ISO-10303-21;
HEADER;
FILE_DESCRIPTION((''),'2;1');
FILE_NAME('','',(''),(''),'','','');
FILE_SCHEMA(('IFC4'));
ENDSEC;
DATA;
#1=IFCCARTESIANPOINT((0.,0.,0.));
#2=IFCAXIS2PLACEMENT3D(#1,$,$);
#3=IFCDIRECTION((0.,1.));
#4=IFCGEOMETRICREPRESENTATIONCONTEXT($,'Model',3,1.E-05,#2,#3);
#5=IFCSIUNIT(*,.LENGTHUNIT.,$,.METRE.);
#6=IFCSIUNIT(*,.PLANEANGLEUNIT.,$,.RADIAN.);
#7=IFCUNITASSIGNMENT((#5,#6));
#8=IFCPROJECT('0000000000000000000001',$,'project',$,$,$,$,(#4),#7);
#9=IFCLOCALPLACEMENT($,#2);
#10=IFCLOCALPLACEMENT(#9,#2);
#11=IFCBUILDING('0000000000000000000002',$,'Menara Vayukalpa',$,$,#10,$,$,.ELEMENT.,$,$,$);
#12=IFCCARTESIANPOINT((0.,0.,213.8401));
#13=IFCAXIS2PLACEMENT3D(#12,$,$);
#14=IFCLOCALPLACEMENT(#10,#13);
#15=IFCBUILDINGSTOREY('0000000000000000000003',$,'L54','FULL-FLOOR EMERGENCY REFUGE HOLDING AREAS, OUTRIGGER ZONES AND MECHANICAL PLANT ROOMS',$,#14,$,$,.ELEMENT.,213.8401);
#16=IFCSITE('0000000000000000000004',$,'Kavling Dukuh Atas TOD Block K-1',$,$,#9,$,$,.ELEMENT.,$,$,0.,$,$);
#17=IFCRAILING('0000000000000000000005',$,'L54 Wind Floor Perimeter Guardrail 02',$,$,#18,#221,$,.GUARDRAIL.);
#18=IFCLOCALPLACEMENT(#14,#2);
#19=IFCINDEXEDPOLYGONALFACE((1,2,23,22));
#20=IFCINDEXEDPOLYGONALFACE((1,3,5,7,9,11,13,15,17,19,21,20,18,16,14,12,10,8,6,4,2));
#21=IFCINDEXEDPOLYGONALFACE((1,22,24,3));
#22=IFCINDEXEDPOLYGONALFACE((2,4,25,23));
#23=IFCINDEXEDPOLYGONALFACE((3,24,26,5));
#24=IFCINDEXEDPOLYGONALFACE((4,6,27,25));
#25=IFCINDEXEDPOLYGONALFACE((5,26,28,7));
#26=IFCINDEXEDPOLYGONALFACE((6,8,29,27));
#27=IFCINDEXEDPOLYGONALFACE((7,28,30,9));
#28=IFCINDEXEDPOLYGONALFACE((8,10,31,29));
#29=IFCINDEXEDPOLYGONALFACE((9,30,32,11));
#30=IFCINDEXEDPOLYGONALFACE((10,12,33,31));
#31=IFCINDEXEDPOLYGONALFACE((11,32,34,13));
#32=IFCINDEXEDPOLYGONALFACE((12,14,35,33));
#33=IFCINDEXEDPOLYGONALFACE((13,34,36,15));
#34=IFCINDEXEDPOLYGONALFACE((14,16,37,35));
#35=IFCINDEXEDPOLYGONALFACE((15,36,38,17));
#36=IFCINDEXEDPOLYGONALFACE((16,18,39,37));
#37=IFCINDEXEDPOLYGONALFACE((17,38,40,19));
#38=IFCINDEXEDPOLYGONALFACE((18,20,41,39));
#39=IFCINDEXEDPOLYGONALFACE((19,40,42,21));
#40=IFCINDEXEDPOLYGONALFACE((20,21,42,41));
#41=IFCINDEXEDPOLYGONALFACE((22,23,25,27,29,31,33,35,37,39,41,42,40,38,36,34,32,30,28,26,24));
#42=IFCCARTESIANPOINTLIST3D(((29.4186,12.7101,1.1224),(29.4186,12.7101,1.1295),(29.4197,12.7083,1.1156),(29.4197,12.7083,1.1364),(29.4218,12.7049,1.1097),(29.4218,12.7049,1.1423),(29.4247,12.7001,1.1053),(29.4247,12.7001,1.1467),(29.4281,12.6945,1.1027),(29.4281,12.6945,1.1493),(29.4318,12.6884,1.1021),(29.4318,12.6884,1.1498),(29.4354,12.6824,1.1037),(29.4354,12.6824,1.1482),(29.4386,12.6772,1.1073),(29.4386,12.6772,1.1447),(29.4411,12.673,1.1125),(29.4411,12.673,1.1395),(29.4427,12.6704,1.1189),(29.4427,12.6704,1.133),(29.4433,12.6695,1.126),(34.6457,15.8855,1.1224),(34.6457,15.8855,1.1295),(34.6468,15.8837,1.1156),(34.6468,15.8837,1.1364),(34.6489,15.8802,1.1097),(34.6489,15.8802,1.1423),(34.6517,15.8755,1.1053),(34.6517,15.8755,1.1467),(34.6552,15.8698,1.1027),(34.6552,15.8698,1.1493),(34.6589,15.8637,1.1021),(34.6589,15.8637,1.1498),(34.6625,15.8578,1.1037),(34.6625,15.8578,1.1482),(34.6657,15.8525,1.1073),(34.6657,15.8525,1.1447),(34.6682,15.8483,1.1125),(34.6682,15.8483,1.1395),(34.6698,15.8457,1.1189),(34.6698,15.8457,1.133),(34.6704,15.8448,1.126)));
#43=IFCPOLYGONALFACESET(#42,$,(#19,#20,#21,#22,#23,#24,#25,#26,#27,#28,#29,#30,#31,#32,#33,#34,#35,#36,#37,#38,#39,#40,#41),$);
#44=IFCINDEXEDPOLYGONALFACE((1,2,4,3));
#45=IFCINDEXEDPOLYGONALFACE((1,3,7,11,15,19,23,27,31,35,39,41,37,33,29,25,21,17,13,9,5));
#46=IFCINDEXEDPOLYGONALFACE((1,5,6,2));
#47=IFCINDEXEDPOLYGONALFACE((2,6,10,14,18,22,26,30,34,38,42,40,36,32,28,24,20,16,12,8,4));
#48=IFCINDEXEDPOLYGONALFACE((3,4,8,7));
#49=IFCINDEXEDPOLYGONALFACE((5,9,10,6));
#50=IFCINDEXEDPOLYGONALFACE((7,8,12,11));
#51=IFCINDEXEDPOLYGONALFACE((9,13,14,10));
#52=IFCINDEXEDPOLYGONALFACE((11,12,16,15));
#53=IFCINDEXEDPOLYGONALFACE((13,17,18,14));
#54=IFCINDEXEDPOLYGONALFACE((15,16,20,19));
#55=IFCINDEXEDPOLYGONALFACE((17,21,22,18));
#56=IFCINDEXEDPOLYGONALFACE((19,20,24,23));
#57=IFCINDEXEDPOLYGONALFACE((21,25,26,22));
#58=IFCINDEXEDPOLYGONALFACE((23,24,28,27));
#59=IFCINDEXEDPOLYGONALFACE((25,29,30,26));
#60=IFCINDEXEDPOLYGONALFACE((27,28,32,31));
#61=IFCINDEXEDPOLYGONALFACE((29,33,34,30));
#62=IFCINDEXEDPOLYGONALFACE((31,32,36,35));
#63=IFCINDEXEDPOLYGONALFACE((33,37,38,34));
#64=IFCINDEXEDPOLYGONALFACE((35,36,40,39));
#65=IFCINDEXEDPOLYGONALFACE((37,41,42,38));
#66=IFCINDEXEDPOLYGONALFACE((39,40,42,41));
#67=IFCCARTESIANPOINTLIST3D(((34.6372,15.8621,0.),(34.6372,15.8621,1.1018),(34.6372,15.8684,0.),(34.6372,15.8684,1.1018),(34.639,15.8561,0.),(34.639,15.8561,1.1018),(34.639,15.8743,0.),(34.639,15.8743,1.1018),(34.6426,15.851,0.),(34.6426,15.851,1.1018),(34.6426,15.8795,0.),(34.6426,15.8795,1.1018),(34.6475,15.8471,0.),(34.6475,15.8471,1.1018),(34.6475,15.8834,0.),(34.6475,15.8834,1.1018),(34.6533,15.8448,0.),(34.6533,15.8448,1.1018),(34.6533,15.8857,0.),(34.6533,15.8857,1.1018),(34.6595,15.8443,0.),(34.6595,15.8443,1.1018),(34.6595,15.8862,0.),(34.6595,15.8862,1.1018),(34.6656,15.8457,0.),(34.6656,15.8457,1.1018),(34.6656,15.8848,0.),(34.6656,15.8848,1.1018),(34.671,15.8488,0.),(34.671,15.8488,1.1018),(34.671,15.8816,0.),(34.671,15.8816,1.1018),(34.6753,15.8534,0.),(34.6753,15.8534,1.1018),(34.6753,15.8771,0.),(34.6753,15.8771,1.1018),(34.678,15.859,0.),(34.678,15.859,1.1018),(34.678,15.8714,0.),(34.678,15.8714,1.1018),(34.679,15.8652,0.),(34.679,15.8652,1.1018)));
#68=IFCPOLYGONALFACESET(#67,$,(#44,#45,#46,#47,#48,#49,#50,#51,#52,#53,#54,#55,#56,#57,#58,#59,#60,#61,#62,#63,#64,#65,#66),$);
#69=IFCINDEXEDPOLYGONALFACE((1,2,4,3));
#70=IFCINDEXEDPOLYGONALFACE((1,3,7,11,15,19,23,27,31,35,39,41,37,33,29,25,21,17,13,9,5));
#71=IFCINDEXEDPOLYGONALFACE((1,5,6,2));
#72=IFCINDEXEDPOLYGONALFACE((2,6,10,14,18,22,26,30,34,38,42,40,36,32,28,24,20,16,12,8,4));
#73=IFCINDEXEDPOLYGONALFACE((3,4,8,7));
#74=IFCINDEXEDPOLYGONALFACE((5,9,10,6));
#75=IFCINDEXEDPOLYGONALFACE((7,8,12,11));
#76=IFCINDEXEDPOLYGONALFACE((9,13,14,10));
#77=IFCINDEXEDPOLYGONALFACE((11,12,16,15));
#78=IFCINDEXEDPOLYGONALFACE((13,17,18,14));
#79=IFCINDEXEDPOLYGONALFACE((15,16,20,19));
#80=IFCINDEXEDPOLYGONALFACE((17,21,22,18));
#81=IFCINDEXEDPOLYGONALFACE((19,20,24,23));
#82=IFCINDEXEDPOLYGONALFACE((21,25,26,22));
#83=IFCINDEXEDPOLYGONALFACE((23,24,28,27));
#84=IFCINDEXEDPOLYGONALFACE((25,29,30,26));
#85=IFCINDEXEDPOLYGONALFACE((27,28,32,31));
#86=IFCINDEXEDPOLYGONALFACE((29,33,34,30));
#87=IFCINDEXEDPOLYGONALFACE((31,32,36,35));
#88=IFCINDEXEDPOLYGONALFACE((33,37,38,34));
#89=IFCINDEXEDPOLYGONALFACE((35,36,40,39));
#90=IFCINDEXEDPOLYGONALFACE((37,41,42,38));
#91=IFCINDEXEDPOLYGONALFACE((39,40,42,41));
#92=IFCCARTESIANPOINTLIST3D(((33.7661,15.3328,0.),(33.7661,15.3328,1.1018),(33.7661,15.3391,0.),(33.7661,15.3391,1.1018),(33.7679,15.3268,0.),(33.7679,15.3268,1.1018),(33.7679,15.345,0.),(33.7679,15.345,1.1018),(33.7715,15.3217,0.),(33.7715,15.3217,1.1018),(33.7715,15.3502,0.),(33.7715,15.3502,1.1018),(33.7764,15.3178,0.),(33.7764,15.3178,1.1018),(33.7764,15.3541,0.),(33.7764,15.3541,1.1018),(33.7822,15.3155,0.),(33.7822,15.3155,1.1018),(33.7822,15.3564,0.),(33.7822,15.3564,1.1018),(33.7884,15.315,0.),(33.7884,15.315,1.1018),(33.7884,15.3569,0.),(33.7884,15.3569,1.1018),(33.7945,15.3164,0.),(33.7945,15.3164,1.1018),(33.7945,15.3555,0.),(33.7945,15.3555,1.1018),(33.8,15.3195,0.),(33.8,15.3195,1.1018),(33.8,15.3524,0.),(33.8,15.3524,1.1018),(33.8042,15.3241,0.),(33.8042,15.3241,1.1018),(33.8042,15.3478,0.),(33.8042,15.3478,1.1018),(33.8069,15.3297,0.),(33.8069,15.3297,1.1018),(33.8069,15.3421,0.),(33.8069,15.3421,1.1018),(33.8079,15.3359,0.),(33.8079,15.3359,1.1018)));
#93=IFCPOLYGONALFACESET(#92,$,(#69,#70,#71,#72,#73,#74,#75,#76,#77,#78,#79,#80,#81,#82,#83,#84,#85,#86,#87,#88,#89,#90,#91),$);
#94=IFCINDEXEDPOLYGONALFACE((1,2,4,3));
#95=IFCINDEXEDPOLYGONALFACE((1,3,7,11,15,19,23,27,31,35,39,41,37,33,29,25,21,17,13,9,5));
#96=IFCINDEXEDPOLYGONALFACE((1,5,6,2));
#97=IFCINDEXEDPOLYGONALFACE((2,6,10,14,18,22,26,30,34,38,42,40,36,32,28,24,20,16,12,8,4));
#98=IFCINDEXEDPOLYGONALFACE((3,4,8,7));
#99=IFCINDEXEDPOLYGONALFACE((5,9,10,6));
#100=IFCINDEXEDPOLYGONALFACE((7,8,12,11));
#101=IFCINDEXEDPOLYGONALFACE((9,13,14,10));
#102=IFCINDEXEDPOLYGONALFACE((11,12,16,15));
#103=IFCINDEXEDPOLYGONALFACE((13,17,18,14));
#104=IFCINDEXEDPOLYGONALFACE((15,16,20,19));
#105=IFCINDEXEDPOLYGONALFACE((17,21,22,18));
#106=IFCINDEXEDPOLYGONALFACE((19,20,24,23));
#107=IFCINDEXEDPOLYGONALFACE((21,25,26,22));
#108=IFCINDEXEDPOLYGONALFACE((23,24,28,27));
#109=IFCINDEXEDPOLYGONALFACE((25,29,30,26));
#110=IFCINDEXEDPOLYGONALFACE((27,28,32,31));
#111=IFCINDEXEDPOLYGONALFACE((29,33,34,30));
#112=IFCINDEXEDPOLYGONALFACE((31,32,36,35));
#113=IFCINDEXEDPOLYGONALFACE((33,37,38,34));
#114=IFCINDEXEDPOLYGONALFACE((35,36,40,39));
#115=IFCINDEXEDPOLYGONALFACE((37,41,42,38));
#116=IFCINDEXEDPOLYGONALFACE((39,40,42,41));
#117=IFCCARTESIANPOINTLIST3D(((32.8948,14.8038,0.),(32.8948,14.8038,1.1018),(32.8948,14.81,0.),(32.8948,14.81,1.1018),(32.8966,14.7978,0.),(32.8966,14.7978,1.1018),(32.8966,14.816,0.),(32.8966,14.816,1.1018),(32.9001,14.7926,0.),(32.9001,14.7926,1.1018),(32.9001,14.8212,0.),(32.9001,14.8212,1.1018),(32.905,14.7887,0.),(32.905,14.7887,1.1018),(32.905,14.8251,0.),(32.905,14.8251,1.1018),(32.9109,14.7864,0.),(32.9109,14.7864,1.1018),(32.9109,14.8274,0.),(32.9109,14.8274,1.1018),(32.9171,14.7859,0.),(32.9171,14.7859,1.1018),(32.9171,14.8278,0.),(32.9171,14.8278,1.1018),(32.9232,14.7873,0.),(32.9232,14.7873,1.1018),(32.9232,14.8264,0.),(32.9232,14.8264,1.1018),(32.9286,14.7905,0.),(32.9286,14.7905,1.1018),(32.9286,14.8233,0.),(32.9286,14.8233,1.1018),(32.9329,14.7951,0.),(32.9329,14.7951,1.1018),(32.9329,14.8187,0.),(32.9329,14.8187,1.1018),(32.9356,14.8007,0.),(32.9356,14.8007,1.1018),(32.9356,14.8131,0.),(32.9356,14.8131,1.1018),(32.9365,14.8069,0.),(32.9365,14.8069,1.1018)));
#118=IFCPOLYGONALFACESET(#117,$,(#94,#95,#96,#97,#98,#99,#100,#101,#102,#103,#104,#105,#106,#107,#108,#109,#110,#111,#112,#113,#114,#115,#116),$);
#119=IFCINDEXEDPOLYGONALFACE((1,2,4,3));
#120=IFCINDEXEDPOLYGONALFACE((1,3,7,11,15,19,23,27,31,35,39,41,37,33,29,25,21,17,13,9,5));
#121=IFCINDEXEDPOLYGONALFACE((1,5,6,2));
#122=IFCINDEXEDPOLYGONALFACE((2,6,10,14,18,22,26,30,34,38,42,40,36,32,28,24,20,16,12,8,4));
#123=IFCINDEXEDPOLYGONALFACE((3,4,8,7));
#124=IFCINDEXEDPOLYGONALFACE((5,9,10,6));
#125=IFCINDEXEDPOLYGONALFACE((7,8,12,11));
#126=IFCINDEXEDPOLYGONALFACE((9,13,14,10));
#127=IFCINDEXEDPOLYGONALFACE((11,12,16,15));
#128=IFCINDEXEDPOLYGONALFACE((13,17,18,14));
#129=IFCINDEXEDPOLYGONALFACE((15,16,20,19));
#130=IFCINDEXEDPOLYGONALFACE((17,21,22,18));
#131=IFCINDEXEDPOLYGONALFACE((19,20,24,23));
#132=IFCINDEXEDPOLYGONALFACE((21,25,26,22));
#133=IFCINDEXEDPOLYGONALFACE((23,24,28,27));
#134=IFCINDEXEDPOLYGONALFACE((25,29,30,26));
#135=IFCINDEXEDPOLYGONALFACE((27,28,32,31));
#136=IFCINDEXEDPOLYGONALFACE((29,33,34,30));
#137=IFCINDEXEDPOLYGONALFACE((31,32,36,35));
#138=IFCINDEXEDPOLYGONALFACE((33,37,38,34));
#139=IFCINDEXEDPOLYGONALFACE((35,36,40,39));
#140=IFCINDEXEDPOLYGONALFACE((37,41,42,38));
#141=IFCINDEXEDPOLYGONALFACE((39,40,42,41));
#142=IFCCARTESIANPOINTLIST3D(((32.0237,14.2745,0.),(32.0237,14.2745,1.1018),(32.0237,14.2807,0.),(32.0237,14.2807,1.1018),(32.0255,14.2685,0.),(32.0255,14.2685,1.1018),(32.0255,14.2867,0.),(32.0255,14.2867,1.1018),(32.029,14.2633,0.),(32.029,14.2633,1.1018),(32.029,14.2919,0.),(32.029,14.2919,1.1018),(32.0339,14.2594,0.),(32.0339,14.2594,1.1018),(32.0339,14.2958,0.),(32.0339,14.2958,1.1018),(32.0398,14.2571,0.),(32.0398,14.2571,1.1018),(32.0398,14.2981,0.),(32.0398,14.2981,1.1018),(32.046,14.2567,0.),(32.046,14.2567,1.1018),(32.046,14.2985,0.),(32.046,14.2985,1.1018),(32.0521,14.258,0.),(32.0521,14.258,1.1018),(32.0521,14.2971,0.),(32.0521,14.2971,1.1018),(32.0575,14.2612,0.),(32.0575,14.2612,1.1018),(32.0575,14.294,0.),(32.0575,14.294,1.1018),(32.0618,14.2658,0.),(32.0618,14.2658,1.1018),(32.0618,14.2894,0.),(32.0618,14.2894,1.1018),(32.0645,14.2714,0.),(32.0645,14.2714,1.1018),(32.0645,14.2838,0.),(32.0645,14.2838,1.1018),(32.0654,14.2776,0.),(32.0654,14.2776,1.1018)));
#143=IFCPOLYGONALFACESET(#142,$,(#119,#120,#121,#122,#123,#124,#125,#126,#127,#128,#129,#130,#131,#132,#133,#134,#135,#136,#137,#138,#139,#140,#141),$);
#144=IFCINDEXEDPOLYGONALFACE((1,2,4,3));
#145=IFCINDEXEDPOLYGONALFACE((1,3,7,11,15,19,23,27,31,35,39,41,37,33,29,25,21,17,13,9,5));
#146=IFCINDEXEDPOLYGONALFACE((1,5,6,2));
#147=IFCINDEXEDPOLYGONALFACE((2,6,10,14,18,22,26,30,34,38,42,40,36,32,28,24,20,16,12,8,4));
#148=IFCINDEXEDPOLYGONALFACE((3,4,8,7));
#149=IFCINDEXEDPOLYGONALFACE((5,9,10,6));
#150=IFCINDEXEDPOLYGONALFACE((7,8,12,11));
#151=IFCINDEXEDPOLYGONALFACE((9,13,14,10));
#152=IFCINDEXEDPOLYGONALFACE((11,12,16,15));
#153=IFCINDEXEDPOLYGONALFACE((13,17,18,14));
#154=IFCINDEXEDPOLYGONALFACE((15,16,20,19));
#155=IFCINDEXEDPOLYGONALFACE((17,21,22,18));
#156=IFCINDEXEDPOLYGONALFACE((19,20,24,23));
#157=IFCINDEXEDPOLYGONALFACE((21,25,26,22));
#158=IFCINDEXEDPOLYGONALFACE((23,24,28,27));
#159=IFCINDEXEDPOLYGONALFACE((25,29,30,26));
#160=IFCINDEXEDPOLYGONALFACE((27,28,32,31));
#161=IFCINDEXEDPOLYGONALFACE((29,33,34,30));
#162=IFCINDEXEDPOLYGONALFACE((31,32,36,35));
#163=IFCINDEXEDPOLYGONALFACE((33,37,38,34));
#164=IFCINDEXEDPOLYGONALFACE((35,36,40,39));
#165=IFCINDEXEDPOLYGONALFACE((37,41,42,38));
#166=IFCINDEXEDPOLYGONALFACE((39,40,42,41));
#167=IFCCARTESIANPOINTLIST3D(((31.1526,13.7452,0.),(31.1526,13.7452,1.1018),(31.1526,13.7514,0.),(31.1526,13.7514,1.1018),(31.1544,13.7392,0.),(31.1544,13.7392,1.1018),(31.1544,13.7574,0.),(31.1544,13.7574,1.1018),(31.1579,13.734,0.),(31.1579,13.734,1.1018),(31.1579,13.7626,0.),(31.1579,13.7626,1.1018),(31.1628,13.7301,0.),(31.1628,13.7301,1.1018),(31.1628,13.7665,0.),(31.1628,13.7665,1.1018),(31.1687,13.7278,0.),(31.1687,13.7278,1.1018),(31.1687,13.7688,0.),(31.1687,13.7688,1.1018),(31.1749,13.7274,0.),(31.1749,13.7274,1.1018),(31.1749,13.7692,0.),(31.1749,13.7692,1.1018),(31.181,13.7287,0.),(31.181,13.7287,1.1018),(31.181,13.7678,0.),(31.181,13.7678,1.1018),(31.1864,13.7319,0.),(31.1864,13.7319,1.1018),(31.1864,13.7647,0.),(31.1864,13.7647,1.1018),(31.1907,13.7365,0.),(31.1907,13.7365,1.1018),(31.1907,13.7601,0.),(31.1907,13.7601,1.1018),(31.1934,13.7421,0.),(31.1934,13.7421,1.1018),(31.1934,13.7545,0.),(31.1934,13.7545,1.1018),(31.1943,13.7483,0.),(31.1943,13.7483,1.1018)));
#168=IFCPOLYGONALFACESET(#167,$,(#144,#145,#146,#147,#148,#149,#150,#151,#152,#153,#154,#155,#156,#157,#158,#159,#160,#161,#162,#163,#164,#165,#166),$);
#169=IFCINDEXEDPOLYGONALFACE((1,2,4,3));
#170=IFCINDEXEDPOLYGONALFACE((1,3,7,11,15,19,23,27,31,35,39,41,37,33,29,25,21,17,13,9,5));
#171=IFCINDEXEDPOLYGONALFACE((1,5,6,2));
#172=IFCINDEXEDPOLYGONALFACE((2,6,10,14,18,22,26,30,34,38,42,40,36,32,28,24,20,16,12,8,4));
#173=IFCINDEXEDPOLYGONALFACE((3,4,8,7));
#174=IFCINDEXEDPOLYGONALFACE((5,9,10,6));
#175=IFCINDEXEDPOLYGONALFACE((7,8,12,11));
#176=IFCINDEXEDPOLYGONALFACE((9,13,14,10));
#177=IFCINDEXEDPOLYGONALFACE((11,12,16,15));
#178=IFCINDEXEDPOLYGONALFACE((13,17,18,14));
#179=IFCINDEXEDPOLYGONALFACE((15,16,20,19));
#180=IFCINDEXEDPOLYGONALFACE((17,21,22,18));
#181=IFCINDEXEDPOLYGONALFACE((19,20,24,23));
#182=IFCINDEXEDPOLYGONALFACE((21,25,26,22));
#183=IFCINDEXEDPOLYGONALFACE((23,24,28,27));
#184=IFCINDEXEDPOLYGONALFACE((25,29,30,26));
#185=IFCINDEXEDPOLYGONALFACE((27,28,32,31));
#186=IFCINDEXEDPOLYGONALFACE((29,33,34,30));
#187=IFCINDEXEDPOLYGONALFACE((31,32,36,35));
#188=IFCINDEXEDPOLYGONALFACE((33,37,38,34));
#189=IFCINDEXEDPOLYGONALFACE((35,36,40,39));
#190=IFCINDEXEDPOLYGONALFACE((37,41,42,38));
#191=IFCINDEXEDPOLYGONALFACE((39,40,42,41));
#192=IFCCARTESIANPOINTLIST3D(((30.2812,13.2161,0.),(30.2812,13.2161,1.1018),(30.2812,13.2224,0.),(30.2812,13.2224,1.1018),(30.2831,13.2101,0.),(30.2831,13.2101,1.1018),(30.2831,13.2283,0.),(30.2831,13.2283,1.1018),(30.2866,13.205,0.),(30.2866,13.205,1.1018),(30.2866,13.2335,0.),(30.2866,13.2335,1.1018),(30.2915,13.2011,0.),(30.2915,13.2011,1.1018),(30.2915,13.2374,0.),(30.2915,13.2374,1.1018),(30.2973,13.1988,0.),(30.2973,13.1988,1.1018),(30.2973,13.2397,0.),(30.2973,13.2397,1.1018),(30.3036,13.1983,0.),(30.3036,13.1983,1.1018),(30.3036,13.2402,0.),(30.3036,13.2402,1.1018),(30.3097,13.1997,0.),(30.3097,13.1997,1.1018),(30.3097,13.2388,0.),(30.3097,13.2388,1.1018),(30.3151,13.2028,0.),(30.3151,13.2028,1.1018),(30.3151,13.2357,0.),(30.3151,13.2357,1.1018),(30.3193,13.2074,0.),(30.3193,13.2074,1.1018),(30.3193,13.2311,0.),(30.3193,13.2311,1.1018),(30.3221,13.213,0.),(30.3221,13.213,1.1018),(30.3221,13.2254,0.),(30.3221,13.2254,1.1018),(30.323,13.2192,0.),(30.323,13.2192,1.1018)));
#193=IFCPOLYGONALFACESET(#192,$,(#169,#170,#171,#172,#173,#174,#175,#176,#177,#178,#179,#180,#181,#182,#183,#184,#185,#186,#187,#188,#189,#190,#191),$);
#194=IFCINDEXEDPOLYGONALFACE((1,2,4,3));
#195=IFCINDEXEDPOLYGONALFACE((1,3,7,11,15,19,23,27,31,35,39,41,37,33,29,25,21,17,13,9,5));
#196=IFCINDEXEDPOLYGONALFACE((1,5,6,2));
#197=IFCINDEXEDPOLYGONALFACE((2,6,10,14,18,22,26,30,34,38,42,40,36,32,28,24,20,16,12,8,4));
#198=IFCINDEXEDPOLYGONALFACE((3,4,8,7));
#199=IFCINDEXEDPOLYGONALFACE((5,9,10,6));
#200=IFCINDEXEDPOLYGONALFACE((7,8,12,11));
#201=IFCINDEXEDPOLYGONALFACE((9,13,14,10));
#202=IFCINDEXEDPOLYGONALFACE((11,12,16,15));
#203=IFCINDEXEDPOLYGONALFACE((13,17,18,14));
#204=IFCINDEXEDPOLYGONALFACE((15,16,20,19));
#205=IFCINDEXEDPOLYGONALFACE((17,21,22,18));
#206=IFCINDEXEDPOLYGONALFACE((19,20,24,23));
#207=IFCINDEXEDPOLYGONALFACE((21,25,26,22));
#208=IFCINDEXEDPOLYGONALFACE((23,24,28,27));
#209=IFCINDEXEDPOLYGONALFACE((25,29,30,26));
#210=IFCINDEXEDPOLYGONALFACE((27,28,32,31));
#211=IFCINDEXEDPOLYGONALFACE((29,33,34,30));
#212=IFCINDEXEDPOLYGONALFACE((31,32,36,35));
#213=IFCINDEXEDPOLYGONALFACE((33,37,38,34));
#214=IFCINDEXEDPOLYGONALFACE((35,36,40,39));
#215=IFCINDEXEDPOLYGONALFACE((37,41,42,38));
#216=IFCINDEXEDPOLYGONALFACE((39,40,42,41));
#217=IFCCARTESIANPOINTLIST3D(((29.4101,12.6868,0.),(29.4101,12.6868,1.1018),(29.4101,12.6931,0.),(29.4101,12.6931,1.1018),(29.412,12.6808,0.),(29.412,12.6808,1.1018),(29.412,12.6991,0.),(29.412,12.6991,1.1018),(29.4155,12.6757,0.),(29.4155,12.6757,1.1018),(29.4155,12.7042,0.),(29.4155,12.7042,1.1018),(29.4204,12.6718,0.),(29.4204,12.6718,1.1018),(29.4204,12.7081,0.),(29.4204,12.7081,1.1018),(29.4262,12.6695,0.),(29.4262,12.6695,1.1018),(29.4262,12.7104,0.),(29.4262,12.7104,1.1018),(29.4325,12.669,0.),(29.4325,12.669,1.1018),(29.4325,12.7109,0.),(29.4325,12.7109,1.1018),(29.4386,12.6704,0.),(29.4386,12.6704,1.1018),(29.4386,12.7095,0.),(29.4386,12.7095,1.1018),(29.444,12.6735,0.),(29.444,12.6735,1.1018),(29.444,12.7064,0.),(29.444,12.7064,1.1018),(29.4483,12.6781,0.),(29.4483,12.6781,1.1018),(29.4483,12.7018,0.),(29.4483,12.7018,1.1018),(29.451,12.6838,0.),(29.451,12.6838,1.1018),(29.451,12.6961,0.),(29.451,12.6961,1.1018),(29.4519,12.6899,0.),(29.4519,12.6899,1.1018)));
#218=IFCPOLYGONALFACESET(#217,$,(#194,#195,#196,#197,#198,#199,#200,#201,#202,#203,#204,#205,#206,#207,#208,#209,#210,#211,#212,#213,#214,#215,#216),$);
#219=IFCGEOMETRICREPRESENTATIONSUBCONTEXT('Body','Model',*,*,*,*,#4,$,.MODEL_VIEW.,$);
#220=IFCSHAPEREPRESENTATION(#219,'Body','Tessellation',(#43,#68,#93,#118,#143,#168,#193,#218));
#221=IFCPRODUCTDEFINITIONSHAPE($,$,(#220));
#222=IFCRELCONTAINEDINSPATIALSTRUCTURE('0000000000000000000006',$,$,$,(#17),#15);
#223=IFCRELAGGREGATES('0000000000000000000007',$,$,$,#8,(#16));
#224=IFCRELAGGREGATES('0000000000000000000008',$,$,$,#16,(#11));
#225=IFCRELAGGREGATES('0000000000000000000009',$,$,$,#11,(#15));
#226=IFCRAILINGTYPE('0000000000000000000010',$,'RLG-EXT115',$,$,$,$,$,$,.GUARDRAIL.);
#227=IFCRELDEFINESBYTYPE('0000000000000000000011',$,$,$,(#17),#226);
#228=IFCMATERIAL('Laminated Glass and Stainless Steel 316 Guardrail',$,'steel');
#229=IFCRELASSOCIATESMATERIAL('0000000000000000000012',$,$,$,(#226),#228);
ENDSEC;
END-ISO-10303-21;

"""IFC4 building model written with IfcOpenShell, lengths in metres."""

from ifc_helpers import new_model, si_unit, direction, frame, origin, origin_2d, place, context, subcontext, project, spatial, circle, extrude, material, type_object, element, save


model = new_model("IFC4")

# Units and contexts
model_context = context("Model", 3, precision=1e-05, world=origin(), true_north=direction((0.0, 1.0)))
body_context = subcontext(model_context, "Body", "Model", "MODEL_VIEW")
ifc_project = project(units=[si_unit("LENGTHUNIT", "METRE"), si_unit("PLANEANGLEUNIT", "RADIAN")], contexts=[model_context])

# Site, building, storey
site_placement = place(None, origin())
site = spatial("IfcSite", under=ifc_project, at=site_placement, Name="Kavling Dukuh Atas TOD Block K-1", CompositionType="ELEMENT", RefElevation=0.0)
building_placement = place(site_placement, origin())
building = spatial("IfcBuilding", under=site, at=building_placement, Name="Menara Vayukalpa", CompositionType="ELEMENT")
storey_placement = place(building_placement, frame((0.0, 0.0, 213.8401)))
storey = spatial("IfcBuildingStorey", under=building, at=storey_placement, Name="L54", Description="FULL-FLOOR EMERGENCY REFUGE HOLDING AREAS, OUTRIGGER ZONES AND MECHANICAL PLANT ROOMS", CompositionType="ELEMENT", Elevation=213.8401)

# Railing
ifc_material_1 = material(Name="Laminated Glass and Stainless Steel 316 Guardrail", Category="steel")
railing_type_1 = type_object("IfcRailingType", Name="RLG-EXT115", PredefinedType="GUARDRAIL", material=ifc_material_1)
railing_1_placement = place(storey_placement, frame((34.658, 15.8652, 0.0)))
element("IfcRailing", 1, at=railing_1_placement, inside=storey, type_object=railing_type_1, Name="L54 Wind Floor Perimeter Guardrail 02", PredefinedType="GUARDRAIL", context=body_context, shape_type="SweptSolid", body=[
    extrude(circle(Radius=0.0239, at=origin_2d()), frame((0.0, 0.0, 1.126), z_axis=(-0.854662, -0.519184, 0.0), x_axis=(0.519184, -0.854662, 0.0)), (0.0, 0.0, 1.0), 6.116),
    extrude(circle(Radius=0.021, at=origin_2d()), origin(), (0.0, 0.0, 1.0), 1.1018),
    extrude(circle(Radius=0.021, at=origin_2d()), frame((-0.8711, -0.5293, 0.0)), (0.0, 0.0, 1.0), 1.1018),
    extrude(circle(Radius=0.021, at=origin_2d()), frame((-1.7424, -1.0583, 0.0)), (0.0, 0.0, 1.0), 1.1018),
    extrude(circle(Radius=0.021, at=origin_2d()), frame((-2.6135, -1.5876, 0.0)), (0.0, 0.0, 1.0), 1.1018),
    extrude(circle(Radius=0.021, at=origin_2d()), frame((-3.4846, -2.1169, 0.0)), (0.0, 0.0, 1.0), 1.1018),
    extrude(circle(Radius=0.021, at=origin_2d()), frame((-4.356, -2.646, 0.0)), (0.0, 0.0, 1.0), 1.1018),
    extrude(circle(Radius=0.021, at=origin_2d()), frame((-5.2271, -3.1753, 0.0)), (0.0, 0.0, 1.0), 1.1018),
])

save(model, "model.ifc")
